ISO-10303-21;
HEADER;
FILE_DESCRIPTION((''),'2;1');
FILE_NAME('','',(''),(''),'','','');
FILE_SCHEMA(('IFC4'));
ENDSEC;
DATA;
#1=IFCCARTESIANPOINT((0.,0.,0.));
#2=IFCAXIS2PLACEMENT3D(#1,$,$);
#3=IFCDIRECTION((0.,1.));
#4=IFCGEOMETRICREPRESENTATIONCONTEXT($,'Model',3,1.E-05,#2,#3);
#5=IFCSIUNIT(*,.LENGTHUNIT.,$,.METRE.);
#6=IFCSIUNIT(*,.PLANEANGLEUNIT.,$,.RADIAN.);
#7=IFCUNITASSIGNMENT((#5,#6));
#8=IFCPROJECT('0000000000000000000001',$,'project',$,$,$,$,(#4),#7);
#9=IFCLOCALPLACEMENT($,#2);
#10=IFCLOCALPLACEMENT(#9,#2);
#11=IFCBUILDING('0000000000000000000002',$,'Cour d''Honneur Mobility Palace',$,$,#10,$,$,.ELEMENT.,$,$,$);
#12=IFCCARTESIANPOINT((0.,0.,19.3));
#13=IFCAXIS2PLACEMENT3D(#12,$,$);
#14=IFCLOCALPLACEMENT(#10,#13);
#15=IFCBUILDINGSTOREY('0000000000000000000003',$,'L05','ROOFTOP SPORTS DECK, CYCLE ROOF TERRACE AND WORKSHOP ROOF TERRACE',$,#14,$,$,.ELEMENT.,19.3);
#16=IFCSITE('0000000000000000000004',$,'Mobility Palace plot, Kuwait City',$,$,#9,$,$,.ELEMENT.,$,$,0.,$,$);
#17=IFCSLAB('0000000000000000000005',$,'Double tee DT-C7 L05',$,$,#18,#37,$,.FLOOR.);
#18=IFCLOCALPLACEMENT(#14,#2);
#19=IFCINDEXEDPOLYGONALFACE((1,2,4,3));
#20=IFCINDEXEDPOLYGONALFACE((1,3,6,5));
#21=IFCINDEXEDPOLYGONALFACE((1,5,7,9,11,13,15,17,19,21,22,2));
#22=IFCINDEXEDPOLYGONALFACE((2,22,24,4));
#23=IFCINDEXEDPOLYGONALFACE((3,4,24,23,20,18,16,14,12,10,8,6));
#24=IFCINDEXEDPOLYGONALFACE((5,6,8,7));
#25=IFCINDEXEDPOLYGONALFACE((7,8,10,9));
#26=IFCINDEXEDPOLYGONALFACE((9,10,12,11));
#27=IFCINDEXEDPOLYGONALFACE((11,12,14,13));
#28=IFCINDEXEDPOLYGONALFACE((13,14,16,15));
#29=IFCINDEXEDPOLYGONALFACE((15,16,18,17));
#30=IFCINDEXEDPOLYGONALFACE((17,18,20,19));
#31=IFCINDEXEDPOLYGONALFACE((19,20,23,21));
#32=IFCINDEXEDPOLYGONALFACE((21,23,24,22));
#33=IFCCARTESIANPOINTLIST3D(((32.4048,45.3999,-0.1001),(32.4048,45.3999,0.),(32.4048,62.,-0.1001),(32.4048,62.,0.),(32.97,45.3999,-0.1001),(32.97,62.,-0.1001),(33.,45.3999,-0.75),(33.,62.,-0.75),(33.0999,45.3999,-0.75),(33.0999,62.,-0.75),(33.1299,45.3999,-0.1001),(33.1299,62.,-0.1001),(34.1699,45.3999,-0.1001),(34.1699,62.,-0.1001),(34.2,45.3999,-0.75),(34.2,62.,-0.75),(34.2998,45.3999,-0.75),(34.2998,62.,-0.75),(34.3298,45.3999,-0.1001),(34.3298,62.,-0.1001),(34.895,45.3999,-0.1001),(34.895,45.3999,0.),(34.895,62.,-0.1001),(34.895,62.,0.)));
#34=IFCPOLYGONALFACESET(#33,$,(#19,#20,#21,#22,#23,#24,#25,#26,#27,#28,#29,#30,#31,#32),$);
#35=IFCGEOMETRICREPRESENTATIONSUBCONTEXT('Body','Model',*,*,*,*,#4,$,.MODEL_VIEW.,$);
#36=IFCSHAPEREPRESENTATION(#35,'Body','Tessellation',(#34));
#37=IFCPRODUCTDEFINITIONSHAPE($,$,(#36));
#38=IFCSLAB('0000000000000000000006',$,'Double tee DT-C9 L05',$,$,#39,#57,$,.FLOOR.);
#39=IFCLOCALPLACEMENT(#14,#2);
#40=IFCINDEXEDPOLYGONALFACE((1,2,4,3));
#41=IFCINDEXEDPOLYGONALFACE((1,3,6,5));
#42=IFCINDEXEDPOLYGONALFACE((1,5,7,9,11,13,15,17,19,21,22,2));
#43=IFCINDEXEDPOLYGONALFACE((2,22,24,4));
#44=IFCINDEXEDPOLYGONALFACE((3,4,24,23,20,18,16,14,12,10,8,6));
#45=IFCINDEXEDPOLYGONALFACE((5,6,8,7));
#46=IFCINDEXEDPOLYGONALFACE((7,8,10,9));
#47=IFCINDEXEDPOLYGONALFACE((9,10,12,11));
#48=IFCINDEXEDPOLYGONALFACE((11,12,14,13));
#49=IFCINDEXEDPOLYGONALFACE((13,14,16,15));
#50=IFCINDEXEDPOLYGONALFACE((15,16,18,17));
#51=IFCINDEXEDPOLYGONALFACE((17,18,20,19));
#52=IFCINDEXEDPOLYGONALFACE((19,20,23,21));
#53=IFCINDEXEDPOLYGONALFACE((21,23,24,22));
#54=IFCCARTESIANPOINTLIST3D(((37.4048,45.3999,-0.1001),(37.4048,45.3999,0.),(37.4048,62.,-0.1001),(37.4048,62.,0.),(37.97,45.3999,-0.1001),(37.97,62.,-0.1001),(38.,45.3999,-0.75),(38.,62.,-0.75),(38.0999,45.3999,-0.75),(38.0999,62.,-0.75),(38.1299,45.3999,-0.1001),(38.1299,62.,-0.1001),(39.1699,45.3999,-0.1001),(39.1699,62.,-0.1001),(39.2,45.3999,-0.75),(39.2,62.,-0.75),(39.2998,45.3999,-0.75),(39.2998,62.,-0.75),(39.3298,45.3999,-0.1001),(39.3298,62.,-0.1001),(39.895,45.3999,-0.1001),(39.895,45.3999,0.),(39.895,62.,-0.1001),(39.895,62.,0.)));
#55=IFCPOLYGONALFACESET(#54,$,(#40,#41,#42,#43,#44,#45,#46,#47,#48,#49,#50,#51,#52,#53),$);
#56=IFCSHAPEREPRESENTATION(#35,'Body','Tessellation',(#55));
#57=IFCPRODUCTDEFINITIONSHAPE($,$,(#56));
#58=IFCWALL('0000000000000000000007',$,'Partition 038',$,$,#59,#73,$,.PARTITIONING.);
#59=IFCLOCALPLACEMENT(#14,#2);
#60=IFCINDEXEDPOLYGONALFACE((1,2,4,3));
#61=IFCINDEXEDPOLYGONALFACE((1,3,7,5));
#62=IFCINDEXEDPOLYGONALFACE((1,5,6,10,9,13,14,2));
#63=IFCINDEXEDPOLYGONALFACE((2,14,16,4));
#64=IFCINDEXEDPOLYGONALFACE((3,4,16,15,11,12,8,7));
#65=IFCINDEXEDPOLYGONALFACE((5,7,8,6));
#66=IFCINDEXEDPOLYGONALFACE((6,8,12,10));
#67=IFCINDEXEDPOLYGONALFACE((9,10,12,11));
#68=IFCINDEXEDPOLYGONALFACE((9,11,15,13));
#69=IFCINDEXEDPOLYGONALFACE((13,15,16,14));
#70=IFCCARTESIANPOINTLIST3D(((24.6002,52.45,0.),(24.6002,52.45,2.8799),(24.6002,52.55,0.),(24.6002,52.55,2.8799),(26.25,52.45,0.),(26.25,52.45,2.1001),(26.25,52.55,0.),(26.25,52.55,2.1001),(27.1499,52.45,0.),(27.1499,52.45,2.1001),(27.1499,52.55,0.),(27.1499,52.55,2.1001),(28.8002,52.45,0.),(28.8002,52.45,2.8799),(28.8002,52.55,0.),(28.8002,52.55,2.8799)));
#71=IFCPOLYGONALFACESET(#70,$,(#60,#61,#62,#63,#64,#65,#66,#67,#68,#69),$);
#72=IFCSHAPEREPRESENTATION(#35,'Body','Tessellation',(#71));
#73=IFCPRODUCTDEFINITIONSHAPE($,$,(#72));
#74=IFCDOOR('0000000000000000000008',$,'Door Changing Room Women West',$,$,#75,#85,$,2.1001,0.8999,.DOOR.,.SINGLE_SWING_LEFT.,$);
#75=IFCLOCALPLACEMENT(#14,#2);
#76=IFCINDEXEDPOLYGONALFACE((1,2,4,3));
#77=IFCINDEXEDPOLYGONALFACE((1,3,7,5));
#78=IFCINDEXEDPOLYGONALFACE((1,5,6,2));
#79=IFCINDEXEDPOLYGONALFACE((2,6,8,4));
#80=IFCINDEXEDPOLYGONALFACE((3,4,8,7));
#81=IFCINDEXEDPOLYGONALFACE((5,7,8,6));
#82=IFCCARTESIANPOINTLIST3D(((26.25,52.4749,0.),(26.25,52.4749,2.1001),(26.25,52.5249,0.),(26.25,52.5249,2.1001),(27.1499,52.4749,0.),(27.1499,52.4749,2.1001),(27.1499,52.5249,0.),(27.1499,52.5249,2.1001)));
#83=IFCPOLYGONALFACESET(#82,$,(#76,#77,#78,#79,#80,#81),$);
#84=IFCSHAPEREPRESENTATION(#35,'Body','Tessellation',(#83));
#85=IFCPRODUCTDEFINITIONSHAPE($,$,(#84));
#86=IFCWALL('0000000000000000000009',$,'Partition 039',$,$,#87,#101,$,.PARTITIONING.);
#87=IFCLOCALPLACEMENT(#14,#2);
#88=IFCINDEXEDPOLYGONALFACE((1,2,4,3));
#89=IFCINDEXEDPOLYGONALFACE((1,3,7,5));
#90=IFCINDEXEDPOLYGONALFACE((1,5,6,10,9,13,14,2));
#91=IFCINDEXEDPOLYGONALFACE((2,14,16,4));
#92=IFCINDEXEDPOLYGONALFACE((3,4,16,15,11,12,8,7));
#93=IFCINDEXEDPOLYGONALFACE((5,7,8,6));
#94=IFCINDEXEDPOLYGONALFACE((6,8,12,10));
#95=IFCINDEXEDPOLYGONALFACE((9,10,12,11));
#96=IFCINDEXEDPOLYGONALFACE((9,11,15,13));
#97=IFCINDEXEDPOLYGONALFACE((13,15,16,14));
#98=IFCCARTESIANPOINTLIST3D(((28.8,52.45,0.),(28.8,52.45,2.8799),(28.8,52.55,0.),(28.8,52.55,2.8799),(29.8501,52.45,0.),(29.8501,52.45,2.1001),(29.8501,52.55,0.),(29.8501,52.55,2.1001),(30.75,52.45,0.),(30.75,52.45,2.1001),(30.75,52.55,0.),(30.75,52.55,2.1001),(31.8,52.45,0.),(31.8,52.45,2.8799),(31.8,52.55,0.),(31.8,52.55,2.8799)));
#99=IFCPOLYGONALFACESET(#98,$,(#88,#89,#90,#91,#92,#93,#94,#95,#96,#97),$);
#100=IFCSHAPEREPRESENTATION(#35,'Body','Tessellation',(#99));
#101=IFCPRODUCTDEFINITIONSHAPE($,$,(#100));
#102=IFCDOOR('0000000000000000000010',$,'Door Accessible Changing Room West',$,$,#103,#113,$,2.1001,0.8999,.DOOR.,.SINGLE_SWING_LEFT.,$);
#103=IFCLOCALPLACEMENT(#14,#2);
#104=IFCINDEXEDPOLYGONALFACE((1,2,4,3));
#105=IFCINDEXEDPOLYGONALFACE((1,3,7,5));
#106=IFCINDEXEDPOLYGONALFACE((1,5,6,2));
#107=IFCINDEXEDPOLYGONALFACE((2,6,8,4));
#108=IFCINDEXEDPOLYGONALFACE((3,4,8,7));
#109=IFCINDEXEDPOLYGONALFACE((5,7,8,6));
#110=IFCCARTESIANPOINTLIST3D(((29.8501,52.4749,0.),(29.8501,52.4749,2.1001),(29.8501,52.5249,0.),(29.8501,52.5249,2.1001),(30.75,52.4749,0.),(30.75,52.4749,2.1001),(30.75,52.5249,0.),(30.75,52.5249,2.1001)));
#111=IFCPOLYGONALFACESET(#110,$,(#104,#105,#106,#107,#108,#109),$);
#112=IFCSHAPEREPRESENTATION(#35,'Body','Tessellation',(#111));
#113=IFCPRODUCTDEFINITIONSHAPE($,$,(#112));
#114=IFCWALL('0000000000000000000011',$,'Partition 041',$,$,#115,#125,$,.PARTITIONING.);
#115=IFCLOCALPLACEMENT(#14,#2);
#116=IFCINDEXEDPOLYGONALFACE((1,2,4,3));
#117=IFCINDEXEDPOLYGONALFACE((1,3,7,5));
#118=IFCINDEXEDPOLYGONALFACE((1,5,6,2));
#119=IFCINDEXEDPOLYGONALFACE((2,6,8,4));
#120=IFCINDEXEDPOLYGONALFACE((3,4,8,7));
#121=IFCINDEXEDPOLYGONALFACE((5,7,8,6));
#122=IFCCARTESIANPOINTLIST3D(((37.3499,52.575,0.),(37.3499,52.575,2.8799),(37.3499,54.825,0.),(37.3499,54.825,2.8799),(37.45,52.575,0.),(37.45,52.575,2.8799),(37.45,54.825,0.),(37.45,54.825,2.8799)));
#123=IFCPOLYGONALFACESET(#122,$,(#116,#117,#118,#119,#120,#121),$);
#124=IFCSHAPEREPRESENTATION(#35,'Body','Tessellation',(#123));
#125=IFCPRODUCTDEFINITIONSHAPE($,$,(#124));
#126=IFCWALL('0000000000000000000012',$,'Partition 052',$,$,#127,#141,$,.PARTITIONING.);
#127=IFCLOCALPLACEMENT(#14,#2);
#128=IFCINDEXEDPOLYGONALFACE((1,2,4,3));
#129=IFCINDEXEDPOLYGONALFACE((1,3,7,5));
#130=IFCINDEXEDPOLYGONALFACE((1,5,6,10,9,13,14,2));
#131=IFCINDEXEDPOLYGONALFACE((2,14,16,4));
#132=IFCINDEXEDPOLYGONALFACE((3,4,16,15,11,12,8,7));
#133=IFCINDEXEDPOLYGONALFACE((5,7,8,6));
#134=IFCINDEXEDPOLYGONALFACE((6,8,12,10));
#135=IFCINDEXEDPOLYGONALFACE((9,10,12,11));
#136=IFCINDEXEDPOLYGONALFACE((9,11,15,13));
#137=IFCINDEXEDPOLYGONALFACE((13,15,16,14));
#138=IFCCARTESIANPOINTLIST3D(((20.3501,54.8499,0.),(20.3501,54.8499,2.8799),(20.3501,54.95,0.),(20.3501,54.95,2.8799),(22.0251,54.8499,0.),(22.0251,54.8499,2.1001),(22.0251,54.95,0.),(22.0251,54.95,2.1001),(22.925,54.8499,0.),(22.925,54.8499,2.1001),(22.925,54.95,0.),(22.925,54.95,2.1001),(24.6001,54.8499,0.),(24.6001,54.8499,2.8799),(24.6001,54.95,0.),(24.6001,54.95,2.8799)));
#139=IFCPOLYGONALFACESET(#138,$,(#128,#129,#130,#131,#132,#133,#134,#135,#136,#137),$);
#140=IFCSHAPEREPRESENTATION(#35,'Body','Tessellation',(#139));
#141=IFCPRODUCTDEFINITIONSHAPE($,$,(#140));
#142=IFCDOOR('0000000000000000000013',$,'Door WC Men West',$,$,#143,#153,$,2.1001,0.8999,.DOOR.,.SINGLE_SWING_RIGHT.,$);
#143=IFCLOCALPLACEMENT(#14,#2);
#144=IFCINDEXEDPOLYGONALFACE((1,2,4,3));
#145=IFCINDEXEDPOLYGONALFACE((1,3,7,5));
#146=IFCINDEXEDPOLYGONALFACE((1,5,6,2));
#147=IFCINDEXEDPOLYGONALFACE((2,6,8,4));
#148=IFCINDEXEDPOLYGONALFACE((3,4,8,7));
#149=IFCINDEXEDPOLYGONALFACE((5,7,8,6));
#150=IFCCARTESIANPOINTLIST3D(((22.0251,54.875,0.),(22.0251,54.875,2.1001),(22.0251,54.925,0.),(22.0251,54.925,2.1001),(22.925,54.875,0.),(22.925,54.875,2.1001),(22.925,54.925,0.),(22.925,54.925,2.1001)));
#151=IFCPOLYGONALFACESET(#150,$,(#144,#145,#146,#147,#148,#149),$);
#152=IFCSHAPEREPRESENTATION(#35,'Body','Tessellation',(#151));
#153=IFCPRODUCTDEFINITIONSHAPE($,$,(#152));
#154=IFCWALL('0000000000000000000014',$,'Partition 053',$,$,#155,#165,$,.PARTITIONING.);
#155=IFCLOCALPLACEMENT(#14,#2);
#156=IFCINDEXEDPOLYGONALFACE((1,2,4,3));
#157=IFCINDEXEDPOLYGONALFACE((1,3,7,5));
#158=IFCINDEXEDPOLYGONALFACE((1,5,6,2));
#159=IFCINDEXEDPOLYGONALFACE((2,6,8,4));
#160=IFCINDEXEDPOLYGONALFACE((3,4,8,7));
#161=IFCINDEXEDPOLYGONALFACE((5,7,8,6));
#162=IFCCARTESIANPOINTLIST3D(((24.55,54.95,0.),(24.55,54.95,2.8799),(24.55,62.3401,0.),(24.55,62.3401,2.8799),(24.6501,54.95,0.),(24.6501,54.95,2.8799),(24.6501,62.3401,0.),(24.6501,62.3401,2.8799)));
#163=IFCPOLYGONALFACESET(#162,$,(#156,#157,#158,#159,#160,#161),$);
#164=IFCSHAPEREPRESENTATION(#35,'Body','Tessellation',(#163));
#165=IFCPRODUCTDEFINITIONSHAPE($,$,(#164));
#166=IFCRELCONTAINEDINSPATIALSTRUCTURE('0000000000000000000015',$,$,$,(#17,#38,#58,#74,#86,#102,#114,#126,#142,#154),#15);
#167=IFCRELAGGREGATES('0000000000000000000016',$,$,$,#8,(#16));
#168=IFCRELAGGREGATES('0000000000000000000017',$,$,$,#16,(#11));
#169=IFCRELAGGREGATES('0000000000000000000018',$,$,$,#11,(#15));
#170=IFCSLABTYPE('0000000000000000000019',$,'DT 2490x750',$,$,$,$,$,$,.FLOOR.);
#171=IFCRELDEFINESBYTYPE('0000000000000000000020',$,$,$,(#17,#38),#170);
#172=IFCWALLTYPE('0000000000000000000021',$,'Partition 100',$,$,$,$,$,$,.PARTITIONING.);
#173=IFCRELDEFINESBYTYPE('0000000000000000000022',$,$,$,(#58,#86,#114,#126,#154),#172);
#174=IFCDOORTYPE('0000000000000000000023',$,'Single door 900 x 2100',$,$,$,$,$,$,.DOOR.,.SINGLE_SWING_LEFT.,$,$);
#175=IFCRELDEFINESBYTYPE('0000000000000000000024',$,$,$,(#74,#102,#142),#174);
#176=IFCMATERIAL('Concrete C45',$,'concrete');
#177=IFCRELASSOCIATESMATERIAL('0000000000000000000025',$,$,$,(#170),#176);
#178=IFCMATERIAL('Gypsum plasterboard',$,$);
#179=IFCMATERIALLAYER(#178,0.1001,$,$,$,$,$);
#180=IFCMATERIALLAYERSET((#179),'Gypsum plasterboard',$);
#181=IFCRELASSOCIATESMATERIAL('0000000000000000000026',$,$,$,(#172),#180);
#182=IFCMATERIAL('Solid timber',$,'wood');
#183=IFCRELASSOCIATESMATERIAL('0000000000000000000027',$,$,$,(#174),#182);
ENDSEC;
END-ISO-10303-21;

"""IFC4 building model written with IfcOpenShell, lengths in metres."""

from ifc_helpers import new_model, si_unit, direction, frame, frame_2d, origin, place, context, subcontext, project, spatial, polyline, rectangle, outline, extrude, material, layer, layer_set, material_profile, profile_set, type_object, element, fill, save


model = new_model("IFC4")

# Units and contexts
model_context = context("Model", 3, precision=1e-05, world=origin(), true_north=direction((0.0, 1.0)))
body_context = subcontext(model_context, "Body", "Model", "MODEL_VIEW")
ifc_project = project(units=[si_unit("LENGTHUNIT", "METRE"), si_unit("PLANEANGLEUNIT", "RADIAN")], contexts=[model_context])

# Site, building, storey
site_placement = place(None, origin())
site = spatial("IfcSite", under=ifc_project, at=site_placement, Name="Mobility Palace plot, Kuwait City", CompositionType="ELEMENT", RefElevation=0.0)
building_placement = place(site_placement, origin())
building = spatial("IfcBuilding", under=site, at=building_placement, Name="Cour d'Honneur Mobility Palace", CompositionType="ELEMENT")
storey_placement = place(building_placement, frame((0.0, 0.0, 19.3)))
storey = spatial("IfcBuildingStorey", under=building, at=storey_placement, Name="L05", Description="ROOFTOP SPORTS DECK, CYCLE ROOF TERRACE AND WORKSHOP ROOF TERRACE", CompositionType="ELEMENT", Elevation=19.3)

# Slabs
ifc_material_1 = material(Name="Concrete C45", Category="concrete")
ifc_material_profile_1 = material_profile(ifc_material_1, outline(polyline([(-1.2451, 0.0), (1.2451, 0.0), (1.2451, -0.1001), (0.6799, -0.1001), (0.6499, -0.75), (0.55, -0.75), (0.52, -0.1001), (-0.52, -0.1001), (-0.55, -0.75), (-0.6499, -0.75), (-0.6799, -0.1001), (-1.2451, -0.1001), (-1.2451, 0.0)])), Name="DT 2490x750")
ifc_profile_set_1 = profile_set([ifc_material_profile_1], Name="Concrete C45")
slab_type = type_object("IfcSlabType", Name="DT 2490x750", PredefinedType="FLOOR", material=ifc_profile_set_1)
for number, where, z_axis, x_axis, name in (
    (1, (33.6499, 45.3999, 0.0), (0.0, 1.0, 0.0), (-1.0, 0.0, 0.0), "Double tee DT-C7 L05"),
    (2, (38.6499, 45.3999, 0.0), (0.0, 1.0, 0.0), (-1.0, 0.0, 0.0), "Double tee DT-C9 L05"),
):
    element("IfcSlab", number, at=place(storey_placement, frame(where, z_axis=z_axis, x_axis=x_axis)), inside=storey, type_object=slab_type, Name=name, PredefinedType="FLOOR", context=body_context, shape_type="SweptSolid", body=[
        extrude(outline(polyline([(-1.2451, 0.0), (1.2451, 0.0), (1.2451, -0.1001), (0.6799, -0.1001), (0.6499, -0.75), (0.55, -0.75), (0.52, -0.1001), (-0.52, -0.1001), (-0.55, -0.75), (-0.6499, -0.75), (-0.6799, -0.1001), (-1.2451, -0.1001), (-1.2451, 0.0)])), origin(), (0.0, 0.0, 1.0), 16.6001),
    ])

# Walls, openings, doors
ifc_material_2 = material(Name="Gypsum plasterboard")
ifc_layer_1 = layer(ifc_material_2, 0.1001)
ifc_layer_set_1 = layer_set([ifc_layer_1], Name="Gypsum plasterboard")
wall_type_1 = type_object("IfcWallType", Name="Partition 100", PredefinedType="PARTITIONING", material=ifc_layer_set_1)
wall_1_placement = place(storey_placement, frame((24.6001, 52.5, 0.0), z_axis=(0.0, 0.0, 1.0), x_axis=(1.0, 0.0, 0.0)))
wall_1 = element("IfcWall", 3, at=wall_1_placement, inside=storey, type_object=wall_type_1, Name="Partition 038", PredefinedType="PARTITIONING", context=body_context, shape_type="SweptSolid", body=[
    extrude(rectangle(XDim=4.2, YDim=0.1001, at=frame_2d((2.1001, 0.0))), origin(), (0.0, 0.0, 1.0), 2.8799),
])
opening_1_placement = place(wall_1_placement, frame((1.6499, 0.0, 0.0)))
opening_1 = element("IfcOpeningElement", 4, at=opening_1_placement, cuts=wall_1, PredefinedType="OPENING", context=body_context, shape_type="SweptSolid", body=[
    extrude(rectangle(XDim=0.8999, YDim=2.1001, at=frame_2d((0.45, 1.05))), frame((0.0, 0.0601, 0.0), z_axis=(0.0, -1.0, 0.0), x_axis=(1.0, 0.0, 0.0)), (0.0, 0.0, 1.0), 0.1201),
])
ifc_material_3 = material(Name="Solid timber", Category="wood")
door_type_1 = type_object("IfcDoorType", Name="Single door 900 x 2100", OperationType="SINGLE_SWING_LEFT", PredefinedType="DOOR", material=ifc_material_3)
door_1_placement = place(opening_1_placement, origin())
door_1 = element("IfcDoor", 5, at=door_1_placement, inside=storey, type_object=door_type_1, Name="Door Changing Room Women West", OperationType="SINGLE_SWING_LEFT", OverallHeight=2.1001, OverallWidth=0.8999, PredefinedType="DOOR", context=body_context, shape_type="SweptSolid", body=[
    extrude(rectangle(XDim=0.8999, YDim=2.1001, at=frame_2d((0.45, 1.05))), frame((0.0, 0.0249, 0.0), z_axis=(0.0, -1.0, 0.0), x_axis=(1.0, 0.0, 0.0)), (0.0, 0.0, 1.0), 0.05),
])
fill(opening_1, door_1)
wall_2_placement = place(storey_placement, frame((28.8, 52.5, 0.0), z_axis=(0.0, 0.0, 1.0), x_axis=(1.0, 0.0, 0.0)))
wall_2 = element("IfcWall", 6, at=wall_2_placement, inside=storey, type_object=wall_type_1, Name="Partition 039", PredefinedType="PARTITIONING", context=body_context, shape_type="SweptSolid", body=[
    extrude(rectangle(XDim=3.0, YDim=0.1001, at=frame_2d((1.5, 0.0))), origin(), (0.0, 0.0, 1.0), 2.8799),
])
opening_2_placement = place(wall_2_placement, frame((1.05, 0.0, 0.0)))
opening_2 = element("IfcOpeningElement", 7, at=opening_2_placement, cuts=wall_2, PredefinedType="OPENING", context=body_context, shape_type="SweptSolid", body=[
    extrude(rectangle(XDim=0.8999, YDim=2.1001, at=frame_2d((0.45, 1.05))), frame((0.0, 0.0601, 0.0), z_axis=(0.0, -1.0, 0.0), x_axis=(1.0, 0.0, 0.0)), (0.0, 0.0, 1.0), 0.1201),
])
door_2_placement = place(opening_2_placement, origin())
door_2 = element("IfcDoor", 8, at=door_2_placement, inside=storey, type_object=door_type_1, Name="Door Accessible Changing Room West", OperationType="SINGLE_SWING_LEFT", OverallHeight=2.1001, OverallWidth=0.8999, PredefinedType="DOOR", context=body_context, shape_type="SweptSolid", body=[
    extrude(rectangle(XDim=0.8999, YDim=2.1001, at=frame_2d((0.45, 1.05))), frame((0.0, 0.0249, 0.0), z_axis=(0.0, -1.0, 0.0), x_axis=(1.0, 0.0, 0.0)), (0.0, 0.0, 1.0), 0.05),
])
fill(opening_2, door_2)

# Wall
wall_3_placement = place(storey_placement, frame((37.3999, 52.575, 0.0), z_axis=(0.0, 0.0, 1.0), x_axis=(0.0, 1.0, 0.0)))
element("IfcWall", 9, at=wall_3_placement, inside=storey, type_object=wall_type_1, Name="Partition 041", PredefinedType="PARTITIONING", context=body_context, shape_type="SweptSolid", body=[
    extrude(rectangle(XDim=2.25, YDim=0.1001, at=frame_2d((1.125, 0.0))), origin(), (0.0, 0.0, 1.0), 2.8799),
])

# Wall, opening, door
wall_4_placement = place(storey_placement, frame((24.6001, 54.8999, 0.0), z_axis=(0.0, 0.0, 1.0), x_axis=(-1.0, 0.0, 0.0)))
wall_4 = element("IfcWall", 10, at=wall_4_placement, inside=storey, type_object=wall_type_1, Name="Partition 052", PredefinedType="PARTITIONING", context=body_context, shape_type="SweptSolid", body=[
    extrude(rectangle(XDim=4.25, YDim=0.1001, at=frame_2d((2.125, 0.0))), origin(), (0.0, 0.0, 1.0), 2.8799),
])
opening_3_placement = place(wall_4_placement, frame((1.675, 0.0, 0.0)))
opening_3 = element("IfcOpeningElement", 11, at=opening_3_placement, cuts=wall_4, PredefinedType="OPENING", context=body_context, shape_type="SweptSolid", body=[
    extrude(rectangle(XDim=0.8999, YDim=2.1001, at=frame_2d((0.45, 1.05))), frame((0.0, 0.0601, 0.0), z_axis=(0.0, -1.0, 0.0), x_axis=(1.0, 0.0, 0.0)), (0.0, 0.0, 1.0), 0.1201),
])
door_3_placement = place(opening_3_placement, origin())
door_3 = element("IfcDoor", 12, at=door_3_placement, inside=storey, type_object=door_type_1, Name="Door WC Men West", OperationType="SINGLE_SWING_RIGHT", OverallHeight=2.1001, OverallWidth=0.8999, PredefinedType="DOOR", context=body_context, shape_type="SweptSolid", body=[
    extrude(rectangle(XDim=0.8999, YDim=2.1001, at=frame_2d((0.45, 1.05))), frame((0.0, 0.0249, 0.0), z_axis=(0.0, -1.0, 0.0), x_axis=(1.0, 0.0, 0.0)), (0.0, 0.0, 1.0), 0.05),
])
fill(opening_3, door_3)

# Wall
wall_5_placement = place(storey_placement, frame((24.6001, 54.95, 0.0), z_axis=(0.0, 0.0, 1.0), x_axis=(0.0, 1.0, 0.0)))
element("IfcWall", 13, at=wall_5_placement, inside=storey, type_object=wall_type_1, Name="Partition 053", PredefinedType="PARTITIONING", context=body_context, shape_type="SweptSolid", body=[
    extrude(rectangle(XDim=7.3901, YDim=0.1001, at=frame_2d((3.6951, 0.0))), origin(), (0.0, 0.0, 1.0), 2.8799),
])

save(model, "model.ifc")
